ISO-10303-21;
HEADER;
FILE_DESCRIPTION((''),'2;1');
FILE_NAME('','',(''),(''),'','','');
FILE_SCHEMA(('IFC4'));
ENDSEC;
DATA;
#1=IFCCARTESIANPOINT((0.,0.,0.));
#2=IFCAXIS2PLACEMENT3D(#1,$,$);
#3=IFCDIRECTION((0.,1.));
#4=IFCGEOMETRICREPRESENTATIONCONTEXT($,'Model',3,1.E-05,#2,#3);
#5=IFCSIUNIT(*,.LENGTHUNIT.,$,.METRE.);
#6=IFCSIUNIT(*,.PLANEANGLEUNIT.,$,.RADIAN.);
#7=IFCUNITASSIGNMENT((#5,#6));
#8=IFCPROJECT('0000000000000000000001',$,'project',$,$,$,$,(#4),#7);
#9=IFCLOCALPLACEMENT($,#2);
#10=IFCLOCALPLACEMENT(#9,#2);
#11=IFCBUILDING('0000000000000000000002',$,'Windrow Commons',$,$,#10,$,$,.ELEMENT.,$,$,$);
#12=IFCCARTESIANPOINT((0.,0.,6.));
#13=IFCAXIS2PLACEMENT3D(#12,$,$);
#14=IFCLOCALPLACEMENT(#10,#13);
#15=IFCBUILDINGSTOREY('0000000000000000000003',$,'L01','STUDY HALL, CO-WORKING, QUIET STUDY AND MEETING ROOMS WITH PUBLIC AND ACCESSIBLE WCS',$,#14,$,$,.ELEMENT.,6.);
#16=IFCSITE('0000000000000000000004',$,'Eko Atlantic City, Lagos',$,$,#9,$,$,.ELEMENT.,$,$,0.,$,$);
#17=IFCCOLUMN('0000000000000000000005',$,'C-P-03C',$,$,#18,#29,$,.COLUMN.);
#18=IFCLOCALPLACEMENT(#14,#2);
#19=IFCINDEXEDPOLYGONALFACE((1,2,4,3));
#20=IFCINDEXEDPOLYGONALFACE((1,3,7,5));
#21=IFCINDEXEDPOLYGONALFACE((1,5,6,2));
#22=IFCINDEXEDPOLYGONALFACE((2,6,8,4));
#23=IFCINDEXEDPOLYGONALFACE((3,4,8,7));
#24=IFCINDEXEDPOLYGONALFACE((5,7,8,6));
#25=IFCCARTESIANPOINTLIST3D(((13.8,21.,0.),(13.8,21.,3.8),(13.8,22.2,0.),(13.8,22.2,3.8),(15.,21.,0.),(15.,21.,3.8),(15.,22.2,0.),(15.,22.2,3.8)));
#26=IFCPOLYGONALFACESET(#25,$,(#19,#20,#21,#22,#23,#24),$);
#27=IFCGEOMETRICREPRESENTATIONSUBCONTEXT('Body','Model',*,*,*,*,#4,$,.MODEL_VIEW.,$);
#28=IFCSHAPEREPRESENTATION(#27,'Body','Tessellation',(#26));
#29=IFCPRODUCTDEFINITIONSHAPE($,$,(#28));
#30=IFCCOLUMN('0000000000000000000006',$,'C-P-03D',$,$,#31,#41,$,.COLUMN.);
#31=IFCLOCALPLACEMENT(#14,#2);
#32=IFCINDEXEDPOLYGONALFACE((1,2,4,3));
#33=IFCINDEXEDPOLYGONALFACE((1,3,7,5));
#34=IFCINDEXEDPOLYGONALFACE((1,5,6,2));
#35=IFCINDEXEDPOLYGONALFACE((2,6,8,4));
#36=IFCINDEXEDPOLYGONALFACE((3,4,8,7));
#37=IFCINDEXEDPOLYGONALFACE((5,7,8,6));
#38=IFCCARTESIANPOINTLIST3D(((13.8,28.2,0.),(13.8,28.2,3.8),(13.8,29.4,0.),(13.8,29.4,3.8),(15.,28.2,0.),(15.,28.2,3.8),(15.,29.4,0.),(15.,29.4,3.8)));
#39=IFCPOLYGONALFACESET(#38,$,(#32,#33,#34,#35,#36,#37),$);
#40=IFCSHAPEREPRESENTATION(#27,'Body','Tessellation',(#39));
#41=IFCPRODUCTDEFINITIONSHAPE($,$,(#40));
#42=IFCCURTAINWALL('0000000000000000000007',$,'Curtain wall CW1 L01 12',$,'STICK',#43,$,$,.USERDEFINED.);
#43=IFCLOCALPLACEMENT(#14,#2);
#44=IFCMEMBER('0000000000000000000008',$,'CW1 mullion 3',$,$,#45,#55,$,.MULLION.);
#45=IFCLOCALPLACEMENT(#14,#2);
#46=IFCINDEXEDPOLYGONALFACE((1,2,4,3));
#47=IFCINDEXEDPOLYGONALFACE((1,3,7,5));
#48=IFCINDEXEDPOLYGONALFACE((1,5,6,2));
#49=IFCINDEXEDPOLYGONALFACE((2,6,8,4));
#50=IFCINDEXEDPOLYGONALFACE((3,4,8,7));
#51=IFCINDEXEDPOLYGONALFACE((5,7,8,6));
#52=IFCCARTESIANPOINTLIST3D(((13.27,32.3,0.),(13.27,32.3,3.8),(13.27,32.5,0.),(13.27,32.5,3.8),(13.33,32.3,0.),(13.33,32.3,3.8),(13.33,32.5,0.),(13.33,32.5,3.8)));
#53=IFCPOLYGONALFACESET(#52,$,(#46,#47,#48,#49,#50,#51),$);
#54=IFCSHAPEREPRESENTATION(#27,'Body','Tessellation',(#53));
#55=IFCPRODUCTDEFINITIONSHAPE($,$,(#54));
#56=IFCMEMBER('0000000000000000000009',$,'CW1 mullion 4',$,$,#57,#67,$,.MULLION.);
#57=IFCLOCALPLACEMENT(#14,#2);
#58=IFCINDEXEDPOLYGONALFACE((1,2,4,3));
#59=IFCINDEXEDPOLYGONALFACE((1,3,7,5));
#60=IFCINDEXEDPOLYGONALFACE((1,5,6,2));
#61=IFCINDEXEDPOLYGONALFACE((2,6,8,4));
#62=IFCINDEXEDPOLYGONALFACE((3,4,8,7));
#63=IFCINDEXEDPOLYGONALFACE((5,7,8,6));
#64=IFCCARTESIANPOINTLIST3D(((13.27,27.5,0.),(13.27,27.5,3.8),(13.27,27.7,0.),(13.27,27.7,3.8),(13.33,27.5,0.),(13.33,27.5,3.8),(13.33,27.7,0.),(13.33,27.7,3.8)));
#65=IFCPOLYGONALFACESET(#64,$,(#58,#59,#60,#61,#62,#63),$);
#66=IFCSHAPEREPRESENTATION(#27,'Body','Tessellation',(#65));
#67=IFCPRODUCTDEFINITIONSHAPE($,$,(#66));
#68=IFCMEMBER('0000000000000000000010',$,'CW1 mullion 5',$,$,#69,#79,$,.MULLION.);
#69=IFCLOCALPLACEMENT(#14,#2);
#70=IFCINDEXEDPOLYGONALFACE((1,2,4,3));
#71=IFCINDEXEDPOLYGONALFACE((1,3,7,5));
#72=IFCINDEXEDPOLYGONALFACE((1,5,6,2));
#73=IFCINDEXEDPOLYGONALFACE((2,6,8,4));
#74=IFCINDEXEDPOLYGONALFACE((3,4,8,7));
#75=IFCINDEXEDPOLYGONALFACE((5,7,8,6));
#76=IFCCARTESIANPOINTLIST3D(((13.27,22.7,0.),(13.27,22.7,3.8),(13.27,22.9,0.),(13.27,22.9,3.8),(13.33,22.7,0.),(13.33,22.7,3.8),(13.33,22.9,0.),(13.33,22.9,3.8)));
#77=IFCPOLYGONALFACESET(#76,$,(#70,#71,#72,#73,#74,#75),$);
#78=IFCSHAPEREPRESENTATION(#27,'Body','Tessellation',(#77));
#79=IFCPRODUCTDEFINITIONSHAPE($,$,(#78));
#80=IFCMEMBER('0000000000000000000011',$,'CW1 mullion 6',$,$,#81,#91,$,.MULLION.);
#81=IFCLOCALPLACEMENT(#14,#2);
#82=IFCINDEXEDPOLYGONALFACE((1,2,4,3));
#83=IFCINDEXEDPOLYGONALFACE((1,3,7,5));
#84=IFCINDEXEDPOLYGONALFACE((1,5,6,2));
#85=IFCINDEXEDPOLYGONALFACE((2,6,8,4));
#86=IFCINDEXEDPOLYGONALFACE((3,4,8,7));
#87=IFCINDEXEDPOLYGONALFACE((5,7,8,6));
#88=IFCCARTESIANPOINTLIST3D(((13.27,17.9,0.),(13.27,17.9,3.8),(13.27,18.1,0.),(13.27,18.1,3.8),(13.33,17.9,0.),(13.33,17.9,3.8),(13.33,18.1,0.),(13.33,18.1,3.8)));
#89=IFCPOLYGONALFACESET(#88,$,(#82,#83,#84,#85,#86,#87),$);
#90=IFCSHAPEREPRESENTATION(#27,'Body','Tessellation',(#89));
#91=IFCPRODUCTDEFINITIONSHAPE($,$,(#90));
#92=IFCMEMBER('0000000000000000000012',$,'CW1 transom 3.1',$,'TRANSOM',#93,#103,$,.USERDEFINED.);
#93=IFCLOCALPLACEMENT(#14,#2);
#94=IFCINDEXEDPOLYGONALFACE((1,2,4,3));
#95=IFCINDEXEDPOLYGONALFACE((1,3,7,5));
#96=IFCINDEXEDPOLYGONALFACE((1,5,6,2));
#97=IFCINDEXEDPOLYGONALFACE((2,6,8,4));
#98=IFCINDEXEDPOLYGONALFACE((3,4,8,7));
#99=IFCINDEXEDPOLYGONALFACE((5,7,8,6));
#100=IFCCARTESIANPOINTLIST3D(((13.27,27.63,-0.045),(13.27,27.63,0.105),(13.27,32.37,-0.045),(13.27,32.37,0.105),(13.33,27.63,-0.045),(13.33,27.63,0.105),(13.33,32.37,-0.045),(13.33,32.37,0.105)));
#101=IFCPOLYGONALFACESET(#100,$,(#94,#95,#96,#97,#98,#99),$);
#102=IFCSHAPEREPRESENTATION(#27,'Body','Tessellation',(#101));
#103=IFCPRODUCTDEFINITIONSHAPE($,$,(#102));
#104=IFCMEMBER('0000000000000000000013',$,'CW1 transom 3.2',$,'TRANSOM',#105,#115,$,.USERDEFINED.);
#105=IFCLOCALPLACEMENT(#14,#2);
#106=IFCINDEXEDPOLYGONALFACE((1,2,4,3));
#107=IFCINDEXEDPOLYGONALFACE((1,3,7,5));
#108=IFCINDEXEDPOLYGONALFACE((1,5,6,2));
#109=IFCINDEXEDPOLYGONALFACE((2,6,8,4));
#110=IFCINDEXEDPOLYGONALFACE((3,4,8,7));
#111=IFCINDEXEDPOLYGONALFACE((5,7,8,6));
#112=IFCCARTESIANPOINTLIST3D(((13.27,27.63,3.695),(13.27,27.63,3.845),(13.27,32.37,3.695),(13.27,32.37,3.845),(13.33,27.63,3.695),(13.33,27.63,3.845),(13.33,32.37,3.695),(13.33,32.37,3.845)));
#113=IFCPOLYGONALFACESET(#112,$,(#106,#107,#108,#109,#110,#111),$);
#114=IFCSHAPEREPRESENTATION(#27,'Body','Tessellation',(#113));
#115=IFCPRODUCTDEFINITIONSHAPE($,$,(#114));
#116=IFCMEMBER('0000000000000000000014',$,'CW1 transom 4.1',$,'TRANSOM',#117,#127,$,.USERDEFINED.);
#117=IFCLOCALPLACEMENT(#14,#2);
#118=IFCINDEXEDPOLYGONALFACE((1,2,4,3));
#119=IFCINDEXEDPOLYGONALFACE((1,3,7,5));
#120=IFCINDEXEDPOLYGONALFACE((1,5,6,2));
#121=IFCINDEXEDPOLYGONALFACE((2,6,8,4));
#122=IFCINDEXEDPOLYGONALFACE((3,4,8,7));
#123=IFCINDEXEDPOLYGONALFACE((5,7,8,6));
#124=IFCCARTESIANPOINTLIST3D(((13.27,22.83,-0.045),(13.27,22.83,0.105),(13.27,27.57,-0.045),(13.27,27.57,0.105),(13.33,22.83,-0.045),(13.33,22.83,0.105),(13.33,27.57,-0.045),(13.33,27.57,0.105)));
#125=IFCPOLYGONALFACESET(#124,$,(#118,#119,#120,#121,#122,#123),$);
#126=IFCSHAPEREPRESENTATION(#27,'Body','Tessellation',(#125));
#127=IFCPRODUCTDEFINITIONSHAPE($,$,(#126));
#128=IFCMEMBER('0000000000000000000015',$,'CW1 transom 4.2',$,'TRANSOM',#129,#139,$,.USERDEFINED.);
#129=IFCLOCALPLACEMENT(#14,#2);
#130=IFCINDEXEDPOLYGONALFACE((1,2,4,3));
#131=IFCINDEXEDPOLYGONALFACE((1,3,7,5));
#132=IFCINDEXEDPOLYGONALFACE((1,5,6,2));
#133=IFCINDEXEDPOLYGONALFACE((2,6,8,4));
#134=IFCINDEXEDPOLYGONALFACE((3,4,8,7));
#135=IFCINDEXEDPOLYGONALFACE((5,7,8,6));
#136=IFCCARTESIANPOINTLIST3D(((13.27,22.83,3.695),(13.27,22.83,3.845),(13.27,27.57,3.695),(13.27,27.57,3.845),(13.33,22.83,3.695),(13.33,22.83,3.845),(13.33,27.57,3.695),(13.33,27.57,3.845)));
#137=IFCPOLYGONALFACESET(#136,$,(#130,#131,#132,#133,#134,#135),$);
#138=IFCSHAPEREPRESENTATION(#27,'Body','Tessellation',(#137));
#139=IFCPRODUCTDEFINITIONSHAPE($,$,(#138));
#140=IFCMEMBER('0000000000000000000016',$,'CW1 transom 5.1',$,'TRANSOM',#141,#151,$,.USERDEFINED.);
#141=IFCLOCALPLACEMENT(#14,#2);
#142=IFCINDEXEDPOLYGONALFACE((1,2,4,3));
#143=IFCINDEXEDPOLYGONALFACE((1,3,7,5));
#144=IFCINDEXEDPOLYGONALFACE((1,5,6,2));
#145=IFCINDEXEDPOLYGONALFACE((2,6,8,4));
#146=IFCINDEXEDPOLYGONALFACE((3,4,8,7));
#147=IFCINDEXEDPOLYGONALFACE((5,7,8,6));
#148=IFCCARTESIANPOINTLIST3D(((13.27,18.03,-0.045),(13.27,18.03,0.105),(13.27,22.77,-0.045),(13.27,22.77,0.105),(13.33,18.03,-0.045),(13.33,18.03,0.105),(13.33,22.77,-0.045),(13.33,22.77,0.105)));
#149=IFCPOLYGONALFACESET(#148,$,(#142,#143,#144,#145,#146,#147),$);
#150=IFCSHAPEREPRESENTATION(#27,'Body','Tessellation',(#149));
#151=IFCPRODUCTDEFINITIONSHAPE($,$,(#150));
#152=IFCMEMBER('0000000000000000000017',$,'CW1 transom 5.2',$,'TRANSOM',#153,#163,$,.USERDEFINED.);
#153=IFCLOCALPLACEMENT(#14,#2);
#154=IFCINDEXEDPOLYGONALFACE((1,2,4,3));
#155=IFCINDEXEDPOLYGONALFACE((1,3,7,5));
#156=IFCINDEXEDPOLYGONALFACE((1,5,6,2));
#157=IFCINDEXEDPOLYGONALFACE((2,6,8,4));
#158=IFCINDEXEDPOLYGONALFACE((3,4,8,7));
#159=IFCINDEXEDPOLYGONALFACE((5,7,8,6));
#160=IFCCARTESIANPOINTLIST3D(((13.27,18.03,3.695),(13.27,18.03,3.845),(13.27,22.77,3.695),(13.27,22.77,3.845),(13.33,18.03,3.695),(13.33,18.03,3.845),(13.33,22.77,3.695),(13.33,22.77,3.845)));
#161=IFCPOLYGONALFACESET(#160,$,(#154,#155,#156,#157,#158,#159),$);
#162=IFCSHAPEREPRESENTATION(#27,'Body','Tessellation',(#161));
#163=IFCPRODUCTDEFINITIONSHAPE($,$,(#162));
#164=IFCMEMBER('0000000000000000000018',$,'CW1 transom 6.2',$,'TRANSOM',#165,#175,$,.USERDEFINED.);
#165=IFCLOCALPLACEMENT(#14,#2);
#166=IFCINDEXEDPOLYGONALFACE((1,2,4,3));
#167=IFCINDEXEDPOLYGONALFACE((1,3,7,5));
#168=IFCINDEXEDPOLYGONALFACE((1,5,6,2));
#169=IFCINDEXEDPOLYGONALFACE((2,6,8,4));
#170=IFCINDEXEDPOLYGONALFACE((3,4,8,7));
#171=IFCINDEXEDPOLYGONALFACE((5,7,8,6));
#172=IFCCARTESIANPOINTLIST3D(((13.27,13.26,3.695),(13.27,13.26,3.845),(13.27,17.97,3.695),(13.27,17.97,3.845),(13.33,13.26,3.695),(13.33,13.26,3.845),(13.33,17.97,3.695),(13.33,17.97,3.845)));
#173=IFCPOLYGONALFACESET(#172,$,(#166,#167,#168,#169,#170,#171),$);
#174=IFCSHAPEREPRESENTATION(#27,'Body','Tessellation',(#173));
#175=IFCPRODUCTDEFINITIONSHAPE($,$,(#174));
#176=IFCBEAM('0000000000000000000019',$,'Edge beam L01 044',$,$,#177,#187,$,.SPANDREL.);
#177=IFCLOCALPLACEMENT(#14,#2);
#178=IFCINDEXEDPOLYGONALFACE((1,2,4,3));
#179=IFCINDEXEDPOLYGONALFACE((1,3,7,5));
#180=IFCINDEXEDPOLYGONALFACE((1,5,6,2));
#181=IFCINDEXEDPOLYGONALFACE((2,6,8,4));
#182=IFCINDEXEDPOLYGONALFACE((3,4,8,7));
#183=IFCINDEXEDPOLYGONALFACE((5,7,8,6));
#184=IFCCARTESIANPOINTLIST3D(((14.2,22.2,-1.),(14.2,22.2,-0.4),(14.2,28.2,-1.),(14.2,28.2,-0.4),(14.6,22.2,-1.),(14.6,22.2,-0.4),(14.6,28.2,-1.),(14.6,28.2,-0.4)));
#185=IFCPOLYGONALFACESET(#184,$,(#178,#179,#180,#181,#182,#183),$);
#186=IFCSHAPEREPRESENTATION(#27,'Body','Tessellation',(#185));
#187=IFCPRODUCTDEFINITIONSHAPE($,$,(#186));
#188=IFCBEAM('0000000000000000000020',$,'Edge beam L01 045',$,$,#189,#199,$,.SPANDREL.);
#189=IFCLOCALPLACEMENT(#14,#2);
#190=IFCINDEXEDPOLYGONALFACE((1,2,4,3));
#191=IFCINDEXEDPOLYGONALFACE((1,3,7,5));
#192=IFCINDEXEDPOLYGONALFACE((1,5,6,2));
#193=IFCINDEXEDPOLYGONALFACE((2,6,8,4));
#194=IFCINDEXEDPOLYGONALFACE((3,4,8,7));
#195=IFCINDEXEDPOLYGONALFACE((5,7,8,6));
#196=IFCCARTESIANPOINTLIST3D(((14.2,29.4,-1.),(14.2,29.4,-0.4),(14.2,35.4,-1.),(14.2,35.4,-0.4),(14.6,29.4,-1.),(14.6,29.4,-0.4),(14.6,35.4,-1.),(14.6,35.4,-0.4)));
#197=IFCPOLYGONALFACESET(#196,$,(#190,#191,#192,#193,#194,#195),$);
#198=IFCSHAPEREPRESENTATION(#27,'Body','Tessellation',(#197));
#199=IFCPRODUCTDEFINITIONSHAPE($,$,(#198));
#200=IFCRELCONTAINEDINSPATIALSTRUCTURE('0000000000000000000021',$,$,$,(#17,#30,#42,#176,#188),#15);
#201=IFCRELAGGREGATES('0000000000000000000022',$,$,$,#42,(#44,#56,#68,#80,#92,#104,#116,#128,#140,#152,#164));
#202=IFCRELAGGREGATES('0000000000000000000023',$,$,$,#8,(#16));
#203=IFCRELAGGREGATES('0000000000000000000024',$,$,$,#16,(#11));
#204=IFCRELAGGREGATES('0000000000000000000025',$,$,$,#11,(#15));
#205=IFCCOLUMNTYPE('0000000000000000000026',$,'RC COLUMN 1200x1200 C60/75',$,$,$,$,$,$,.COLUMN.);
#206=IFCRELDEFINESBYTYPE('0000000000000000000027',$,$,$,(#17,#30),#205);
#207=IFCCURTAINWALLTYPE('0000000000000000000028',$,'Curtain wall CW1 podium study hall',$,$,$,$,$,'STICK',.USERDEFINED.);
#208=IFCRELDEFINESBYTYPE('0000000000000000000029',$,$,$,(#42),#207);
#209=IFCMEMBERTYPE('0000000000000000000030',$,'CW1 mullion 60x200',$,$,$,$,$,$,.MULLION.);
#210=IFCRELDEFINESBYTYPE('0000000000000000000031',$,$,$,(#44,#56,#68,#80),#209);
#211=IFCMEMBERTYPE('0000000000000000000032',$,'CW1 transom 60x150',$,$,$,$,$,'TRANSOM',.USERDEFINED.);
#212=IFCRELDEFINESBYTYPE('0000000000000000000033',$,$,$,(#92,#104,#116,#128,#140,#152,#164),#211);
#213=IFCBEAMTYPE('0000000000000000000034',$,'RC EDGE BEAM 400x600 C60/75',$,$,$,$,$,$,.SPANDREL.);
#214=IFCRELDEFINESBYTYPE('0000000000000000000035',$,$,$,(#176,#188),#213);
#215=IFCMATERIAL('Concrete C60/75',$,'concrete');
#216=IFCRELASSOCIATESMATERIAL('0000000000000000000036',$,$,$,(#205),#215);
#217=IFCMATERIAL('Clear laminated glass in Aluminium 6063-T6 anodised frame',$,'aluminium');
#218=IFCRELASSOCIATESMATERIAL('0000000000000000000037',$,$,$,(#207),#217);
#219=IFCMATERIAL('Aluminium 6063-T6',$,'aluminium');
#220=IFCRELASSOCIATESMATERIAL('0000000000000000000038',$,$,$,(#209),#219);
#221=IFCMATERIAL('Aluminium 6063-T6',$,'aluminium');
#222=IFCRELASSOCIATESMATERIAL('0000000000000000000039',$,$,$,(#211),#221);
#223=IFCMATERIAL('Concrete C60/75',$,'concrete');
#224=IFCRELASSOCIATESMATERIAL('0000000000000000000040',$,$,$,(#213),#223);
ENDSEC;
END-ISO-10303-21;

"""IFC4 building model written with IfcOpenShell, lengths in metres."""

from ifc_helpers import new_model, si_unit, direction, frame, origin, origin_2d, place, context, subcontext, project, spatial, rectangle, extrude, material, material_profile, profile_set, type_object, element, aggregate, save


model = new_model("IFC4")

# Units and contexts
model_context = context("Model", 3, precision=1e-05, world=origin(), true_north=direction((0.0, 1.0)))
body_context = subcontext(model_context, "Body", "Model", "MODEL_VIEW")
ifc_project = project(units=[si_unit("LENGTHUNIT", "METRE"), si_unit("PLANEANGLEUNIT", "RADIAN")], contexts=[model_context])

# Site, building, storey
site_placement = place(None, origin())
site = spatial("IfcSite", under=ifc_project, at=site_placement, Name="Eko Atlantic City, Lagos", CompositionType="ELEMENT", RefElevation=0.0)
building_placement = place(site_placement, origin())
building = spatial("IfcBuilding", under=site, at=building_placement, Name="Windrow Commons", CompositionType="ELEMENT")
storey_placement = place(building_placement, frame((0.0, 0.0, 6.0)))
storey = spatial("IfcBuildingStorey", under=building, at=storey_placement, Name="L01", Description="STUDY HALL, CO-WORKING, QUIET STUDY AND MEETING ROOMS WITH PUBLIC AND ACCESSIBLE WCS", CompositionType="ELEMENT", Elevation=6.0)

# Columns
ifc_material_1 = material(Name="Concrete C60/75", Category="concrete")
ifc_material_profile_1 = material_profile(ifc_material_1, rectangle(XDim=1.2, YDim=1.2, at=origin_2d()))
ifc_profile_set_1 = profile_set([ifc_material_profile_1], Name="Concrete C60/75")
column_type = type_object("IfcColumnType", Name="RC COLUMN 1200x1200 C60/75", PredefinedType="COLUMN", material=ifc_profile_set_1)
for number, where, z_axis, x_axis, name in (
    (1, (14.4, 21.6, 0.0), (0.0, 0.0, 1.0), (1.0, 0.0, 0.0), "C-P-03C"),
    (2, (14.4, 28.8, 0.0), (0.0, 0.0, 1.0), (1.0, 0.0, 0.0), "C-P-03D"),
):
    element("IfcColumn", number, at=place(storey_placement, frame(where, z_axis=z_axis, x_axis=x_axis)), inside=storey, type_object=column_type, Name=name, PredefinedType="COLUMN", context=body_context, shape_type="SweptSolid", body=[
        extrude(rectangle(XDim=1.2, YDim=1.2, at=origin_2d()), origin(), (0.0, 0.0, 1.0), 3.8),
    ])

# Curtain wall, members
ifc_material_2 = material(Name="Clear laminated glass in Aluminium 6063-T6 anodised frame", Category="aluminium")
curtain_wall_type = type_object("IfcCurtainWallType", Name="Curtain wall CW1 podium study hall", ElementType="STICK", PredefinedType="USERDEFINED", material=ifc_material_2)
placement = place(storey_placement, origin())
curtain_wall = element("IfcCurtainWall", 3, at=placement, inside=storey, type_object=curtain_wall_type, Name="Curtain wall CW1 L01 12", ObjectType="STICK", PredefinedType="USERDEFINED")
ifc_material_3 = material(Name="Aluminium 6063-T6", Category="aluminium")
ifc_material_profile_2 = material_profile(ifc_material_3, rectangle(XDim=0.06, YDim=0.2, at=origin_2d()))
ifc_profile_set_2 = profile_set([ifc_material_profile_2], Name="Aluminium 6063-T6")
member_type_1 = type_object("IfcMemberType", Name="CW1 mullion 60x200", PredefinedType="MULLION", material=ifc_profile_set_2)
member_1_placement = place(storey_placement, frame((13.3, 32.4, 0.0), z_axis=(0.0, 0.0, 1.0), x_axis=(1.0, 0.0, 0.0)))
member_1 = element("IfcMember", 4, at=member_1_placement, type_object=member_type_1, Name="CW1 mullion 3", PredefinedType="MULLION", context=body_context, shape_type="SweptSolid", body=[
    extrude(rectangle(XDim=0.06, YDim=0.2, at=origin_2d()), origin(), (0.0, 0.0, 1.0), 3.8),
])
member_2_placement = place(storey_placement, frame((13.3, 27.6, 0.0), z_axis=(0.0, 0.0, 1.0), x_axis=(1.0, 0.0, 0.0)))
member_2 = element("IfcMember", 5, at=member_2_placement, type_object=member_type_1, Name="CW1 mullion 4", PredefinedType="MULLION", context=body_context, shape_type="SweptSolid", body=[
    extrude(rectangle(XDim=0.06, YDim=0.2, at=origin_2d()), origin(), (0.0, 0.0, 1.0), 3.8),
])
member_3_placement = place(storey_placement, frame((13.3, 22.8, 0.0), z_axis=(0.0, 0.0, 1.0), x_axis=(1.0, 0.0, 0.0)))
member_3 = element("IfcMember", 6, at=member_3_placement, type_object=member_type_1, Name="CW1 mullion 5", PredefinedType="MULLION", context=body_context, shape_type="SweptSolid", body=[
    extrude(rectangle(XDim=0.06, YDim=0.2, at=origin_2d()), origin(), (0.0, 0.0, 1.0), 3.8),
])
member_4_placement = place(storey_placement, frame((13.3, 18.0, 0.0), z_axis=(0.0, 0.0, 1.0), x_axis=(1.0, 0.0, 0.0)))
member_4 = element("IfcMember", 7, at=member_4_placement, type_object=member_type_1, Name="CW1 mullion 6", PredefinedType="MULLION", context=body_context, shape_type="SweptSolid", body=[
    extrude(rectangle(XDim=0.06, YDim=0.2, at=origin_2d()), origin(), (0.0, 0.0, 1.0), 3.8),
])
ifc_material_4 = material(Name="Aluminium 6063-T6", Category="aluminium")
ifc_material_profile_3 = material_profile(ifc_material_4, rectangle(XDim=0.06, YDim=0.15, at=origin_2d()))
ifc_profile_set_3 = profile_set([ifc_material_profile_3], Name="Aluminium 6063-T6")
member_type_2 = type_object("IfcMemberType", Name="CW1 transom 60x150", ElementType="TRANSOM", PredefinedType="USERDEFINED", material=ifc_profile_set_3)
member_5_placement = place(storey_placement, frame((13.3, 32.37, 0.03), z_axis=(0.0, -1.0, 0.0), x_axis=(1.0, 0.0, 0.0)))
member_5 = element("IfcMember", 8, at=member_5_placement, type_object=member_type_2, Name="CW1 transom 3.1", ObjectType="TRANSOM", PredefinedType="USERDEFINED", context=body_context, shape_type="SweptSolid", body=[
    extrude(rectangle(XDim=0.06, YDim=0.15, at=origin_2d()), origin(), (0.0, 0.0, 1.0), 4.74),
])
member_6_placement = place(storey_placement, frame((13.3, 32.37, 3.77), z_axis=(0.0, -1.0, 0.0), x_axis=(1.0, 0.0, 0.0)))
member_6 = element("IfcMember", 9, at=member_6_placement, type_object=member_type_2, Name="CW1 transom 3.2", ObjectType="TRANSOM", PredefinedType="USERDEFINED", context=body_context, shape_type="SweptSolid", body=[
    extrude(rectangle(XDim=0.06, YDim=0.15, at=origin_2d()), origin(), (0.0, 0.0, 1.0), 4.74),
])
member_7_placement = place(storey_placement, frame((13.3, 27.57, 0.03), z_axis=(0.0, -1.0, 0.0), x_axis=(1.0, 0.0, 0.0)))
member_7 = element("IfcMember", 10, at=member_7_placement, type_object=member_type_2, Name="CW1 transom 4.1", ObjectType="TRANSOM", PredefinedType="USERDEFINED", context=body_context, shape_type="SweptSolid", body=[
    extrude(rectangle(XDim=0.06, YDim=0.15, at=origin_2d()), origin(), (0.0, 0.0, 1.0), 4.74),
])
member_8_placement = place(storey_placement, frame((13.3, 27.57, 3.77), z_axis=(0.0, -1.0, 0.0), x_axis=(1.0, 0.0, 0.0)))
member_8 = element("IfcMember", 11, at=member_8_placement, type_object=member_type_2, Name="CW1 transom 4.2", ObjectType="TRANSOM", PredefinedType="USERDEFINED", context=body_context, shape_type="SweptSolid", body=[
    extrude(rectangle(XDim=0.06, YDim=0.15, at=origin_2d()), origin(), (0.0, 0.0, 1.0), 4.74),
])
member_9_placement = place(storey_placement, frame((13.3, 22.77, 0.03), z_axis=(0.0, -1.0, 0.0), x_axis=(1.0, 0.0, 0.0)))
member_9 = element("IfcMember", 12, at=member_9_placement, type_object=member_type_2, Name="CW1 transom 5.1", ObjectType="TRANSOM", PredefinedType="USERDEFINED", context=body_context, shape_type="SweptSolid", body=[
    extrude(rectangle(XDim=0.06, YDim=0.15, at=origin_2d()), origin(), (0.0, 0.0, 1.0), 4.74),
])
member_10_placement = place(storey_placement, frame((13.3, 22.77, 3.77), z_axis=(0.0, -1.0, 0.0), x_axis=(1.0, 0.0, 0.0)))
member_10 = element("IfcMember", 13, at=member_10_placement, type_object=member_type_2, Name="CW1 transom 5.2", ObjectType="TRANSOM", PredefinedType="USERDEFINED", context=body_context, shape_type="SweptSolid", body=[
    extrude(rectangle(XDim=0.06, YDim=0.15, at=origin_2d()), origin(), (0.0, 0.0, 1.0), 4.74),
])
member_11_placement = place(storey_placement, frame((13.3, 17.97, 3.77), z_axis=(0.0, -1.0, 0.0), x_axis=(1.0, 0.0, 0.0)))
member_11 = element("IfcMember", 14, at=member_11_placement, type_object=member_type_2, Name="CW1 transom 6.2", ObjectType="TRANSOM", PredefinedType="USERDEFINED", context=body_context, shape_type="SweptSolid", body=[
    extrude(rectangle(XDim=0.06, YDim=0.15, at=origin_2d()), origin(), (0.0, 0.0, 1.0), 4.71),
])

# Beams
ifc_material_5 = material(Name="Concrete C60/75", Category="concrete")
ifc_material_profile_4 = material_profile(ifc_material_5, rectangle(XDim=0.4, YDim=0.6, at=origin_2d()))
ifc_profile_set_4 = profile_set([ifc_material_profile_4], Name="Concrete C60/75")
beam_type = type_object("IfcBeamType", Name="RC EDGE BEAM 400x600 C60/75", PredefinedType="SPANDREL", material=ifc_profile_set_4)
for number, where, z_axis, x_axis, name in (
    (15, (14.4, 22.2, -0.7), (0.0, 1.0, 0.0), (-1.0, 0.0, 0.0), "Edge beam L01 044"),
    (16, (14.4, 29.4, -0.7), (0.0, 1.0, 0.0), (-1.0, 0.0, 0.0), "Edge beam L01 045"),
):
    element("IfcBeam", number, at=place(storey_placement, frame(where, z_axis=z_axis, x_axis=x_axis)), inside=storey, type_object=beam_type, Name=name, PredefinedType="SPANDREL", context=body_context, shape_type="SweptSolid", body=[
        extrude(rectangle(XDim=0.4, YDim=0.6, at=origin_2d()), origin(), (0.0, 0.0, 1.0), 6.0),
    ])

aggregate(curtain_wall, [member_1, member_2, member_3, member_4, member_5, member_6, member_7, member_8, member_9, member_10, member_11])

save(model, "model.ifc")
